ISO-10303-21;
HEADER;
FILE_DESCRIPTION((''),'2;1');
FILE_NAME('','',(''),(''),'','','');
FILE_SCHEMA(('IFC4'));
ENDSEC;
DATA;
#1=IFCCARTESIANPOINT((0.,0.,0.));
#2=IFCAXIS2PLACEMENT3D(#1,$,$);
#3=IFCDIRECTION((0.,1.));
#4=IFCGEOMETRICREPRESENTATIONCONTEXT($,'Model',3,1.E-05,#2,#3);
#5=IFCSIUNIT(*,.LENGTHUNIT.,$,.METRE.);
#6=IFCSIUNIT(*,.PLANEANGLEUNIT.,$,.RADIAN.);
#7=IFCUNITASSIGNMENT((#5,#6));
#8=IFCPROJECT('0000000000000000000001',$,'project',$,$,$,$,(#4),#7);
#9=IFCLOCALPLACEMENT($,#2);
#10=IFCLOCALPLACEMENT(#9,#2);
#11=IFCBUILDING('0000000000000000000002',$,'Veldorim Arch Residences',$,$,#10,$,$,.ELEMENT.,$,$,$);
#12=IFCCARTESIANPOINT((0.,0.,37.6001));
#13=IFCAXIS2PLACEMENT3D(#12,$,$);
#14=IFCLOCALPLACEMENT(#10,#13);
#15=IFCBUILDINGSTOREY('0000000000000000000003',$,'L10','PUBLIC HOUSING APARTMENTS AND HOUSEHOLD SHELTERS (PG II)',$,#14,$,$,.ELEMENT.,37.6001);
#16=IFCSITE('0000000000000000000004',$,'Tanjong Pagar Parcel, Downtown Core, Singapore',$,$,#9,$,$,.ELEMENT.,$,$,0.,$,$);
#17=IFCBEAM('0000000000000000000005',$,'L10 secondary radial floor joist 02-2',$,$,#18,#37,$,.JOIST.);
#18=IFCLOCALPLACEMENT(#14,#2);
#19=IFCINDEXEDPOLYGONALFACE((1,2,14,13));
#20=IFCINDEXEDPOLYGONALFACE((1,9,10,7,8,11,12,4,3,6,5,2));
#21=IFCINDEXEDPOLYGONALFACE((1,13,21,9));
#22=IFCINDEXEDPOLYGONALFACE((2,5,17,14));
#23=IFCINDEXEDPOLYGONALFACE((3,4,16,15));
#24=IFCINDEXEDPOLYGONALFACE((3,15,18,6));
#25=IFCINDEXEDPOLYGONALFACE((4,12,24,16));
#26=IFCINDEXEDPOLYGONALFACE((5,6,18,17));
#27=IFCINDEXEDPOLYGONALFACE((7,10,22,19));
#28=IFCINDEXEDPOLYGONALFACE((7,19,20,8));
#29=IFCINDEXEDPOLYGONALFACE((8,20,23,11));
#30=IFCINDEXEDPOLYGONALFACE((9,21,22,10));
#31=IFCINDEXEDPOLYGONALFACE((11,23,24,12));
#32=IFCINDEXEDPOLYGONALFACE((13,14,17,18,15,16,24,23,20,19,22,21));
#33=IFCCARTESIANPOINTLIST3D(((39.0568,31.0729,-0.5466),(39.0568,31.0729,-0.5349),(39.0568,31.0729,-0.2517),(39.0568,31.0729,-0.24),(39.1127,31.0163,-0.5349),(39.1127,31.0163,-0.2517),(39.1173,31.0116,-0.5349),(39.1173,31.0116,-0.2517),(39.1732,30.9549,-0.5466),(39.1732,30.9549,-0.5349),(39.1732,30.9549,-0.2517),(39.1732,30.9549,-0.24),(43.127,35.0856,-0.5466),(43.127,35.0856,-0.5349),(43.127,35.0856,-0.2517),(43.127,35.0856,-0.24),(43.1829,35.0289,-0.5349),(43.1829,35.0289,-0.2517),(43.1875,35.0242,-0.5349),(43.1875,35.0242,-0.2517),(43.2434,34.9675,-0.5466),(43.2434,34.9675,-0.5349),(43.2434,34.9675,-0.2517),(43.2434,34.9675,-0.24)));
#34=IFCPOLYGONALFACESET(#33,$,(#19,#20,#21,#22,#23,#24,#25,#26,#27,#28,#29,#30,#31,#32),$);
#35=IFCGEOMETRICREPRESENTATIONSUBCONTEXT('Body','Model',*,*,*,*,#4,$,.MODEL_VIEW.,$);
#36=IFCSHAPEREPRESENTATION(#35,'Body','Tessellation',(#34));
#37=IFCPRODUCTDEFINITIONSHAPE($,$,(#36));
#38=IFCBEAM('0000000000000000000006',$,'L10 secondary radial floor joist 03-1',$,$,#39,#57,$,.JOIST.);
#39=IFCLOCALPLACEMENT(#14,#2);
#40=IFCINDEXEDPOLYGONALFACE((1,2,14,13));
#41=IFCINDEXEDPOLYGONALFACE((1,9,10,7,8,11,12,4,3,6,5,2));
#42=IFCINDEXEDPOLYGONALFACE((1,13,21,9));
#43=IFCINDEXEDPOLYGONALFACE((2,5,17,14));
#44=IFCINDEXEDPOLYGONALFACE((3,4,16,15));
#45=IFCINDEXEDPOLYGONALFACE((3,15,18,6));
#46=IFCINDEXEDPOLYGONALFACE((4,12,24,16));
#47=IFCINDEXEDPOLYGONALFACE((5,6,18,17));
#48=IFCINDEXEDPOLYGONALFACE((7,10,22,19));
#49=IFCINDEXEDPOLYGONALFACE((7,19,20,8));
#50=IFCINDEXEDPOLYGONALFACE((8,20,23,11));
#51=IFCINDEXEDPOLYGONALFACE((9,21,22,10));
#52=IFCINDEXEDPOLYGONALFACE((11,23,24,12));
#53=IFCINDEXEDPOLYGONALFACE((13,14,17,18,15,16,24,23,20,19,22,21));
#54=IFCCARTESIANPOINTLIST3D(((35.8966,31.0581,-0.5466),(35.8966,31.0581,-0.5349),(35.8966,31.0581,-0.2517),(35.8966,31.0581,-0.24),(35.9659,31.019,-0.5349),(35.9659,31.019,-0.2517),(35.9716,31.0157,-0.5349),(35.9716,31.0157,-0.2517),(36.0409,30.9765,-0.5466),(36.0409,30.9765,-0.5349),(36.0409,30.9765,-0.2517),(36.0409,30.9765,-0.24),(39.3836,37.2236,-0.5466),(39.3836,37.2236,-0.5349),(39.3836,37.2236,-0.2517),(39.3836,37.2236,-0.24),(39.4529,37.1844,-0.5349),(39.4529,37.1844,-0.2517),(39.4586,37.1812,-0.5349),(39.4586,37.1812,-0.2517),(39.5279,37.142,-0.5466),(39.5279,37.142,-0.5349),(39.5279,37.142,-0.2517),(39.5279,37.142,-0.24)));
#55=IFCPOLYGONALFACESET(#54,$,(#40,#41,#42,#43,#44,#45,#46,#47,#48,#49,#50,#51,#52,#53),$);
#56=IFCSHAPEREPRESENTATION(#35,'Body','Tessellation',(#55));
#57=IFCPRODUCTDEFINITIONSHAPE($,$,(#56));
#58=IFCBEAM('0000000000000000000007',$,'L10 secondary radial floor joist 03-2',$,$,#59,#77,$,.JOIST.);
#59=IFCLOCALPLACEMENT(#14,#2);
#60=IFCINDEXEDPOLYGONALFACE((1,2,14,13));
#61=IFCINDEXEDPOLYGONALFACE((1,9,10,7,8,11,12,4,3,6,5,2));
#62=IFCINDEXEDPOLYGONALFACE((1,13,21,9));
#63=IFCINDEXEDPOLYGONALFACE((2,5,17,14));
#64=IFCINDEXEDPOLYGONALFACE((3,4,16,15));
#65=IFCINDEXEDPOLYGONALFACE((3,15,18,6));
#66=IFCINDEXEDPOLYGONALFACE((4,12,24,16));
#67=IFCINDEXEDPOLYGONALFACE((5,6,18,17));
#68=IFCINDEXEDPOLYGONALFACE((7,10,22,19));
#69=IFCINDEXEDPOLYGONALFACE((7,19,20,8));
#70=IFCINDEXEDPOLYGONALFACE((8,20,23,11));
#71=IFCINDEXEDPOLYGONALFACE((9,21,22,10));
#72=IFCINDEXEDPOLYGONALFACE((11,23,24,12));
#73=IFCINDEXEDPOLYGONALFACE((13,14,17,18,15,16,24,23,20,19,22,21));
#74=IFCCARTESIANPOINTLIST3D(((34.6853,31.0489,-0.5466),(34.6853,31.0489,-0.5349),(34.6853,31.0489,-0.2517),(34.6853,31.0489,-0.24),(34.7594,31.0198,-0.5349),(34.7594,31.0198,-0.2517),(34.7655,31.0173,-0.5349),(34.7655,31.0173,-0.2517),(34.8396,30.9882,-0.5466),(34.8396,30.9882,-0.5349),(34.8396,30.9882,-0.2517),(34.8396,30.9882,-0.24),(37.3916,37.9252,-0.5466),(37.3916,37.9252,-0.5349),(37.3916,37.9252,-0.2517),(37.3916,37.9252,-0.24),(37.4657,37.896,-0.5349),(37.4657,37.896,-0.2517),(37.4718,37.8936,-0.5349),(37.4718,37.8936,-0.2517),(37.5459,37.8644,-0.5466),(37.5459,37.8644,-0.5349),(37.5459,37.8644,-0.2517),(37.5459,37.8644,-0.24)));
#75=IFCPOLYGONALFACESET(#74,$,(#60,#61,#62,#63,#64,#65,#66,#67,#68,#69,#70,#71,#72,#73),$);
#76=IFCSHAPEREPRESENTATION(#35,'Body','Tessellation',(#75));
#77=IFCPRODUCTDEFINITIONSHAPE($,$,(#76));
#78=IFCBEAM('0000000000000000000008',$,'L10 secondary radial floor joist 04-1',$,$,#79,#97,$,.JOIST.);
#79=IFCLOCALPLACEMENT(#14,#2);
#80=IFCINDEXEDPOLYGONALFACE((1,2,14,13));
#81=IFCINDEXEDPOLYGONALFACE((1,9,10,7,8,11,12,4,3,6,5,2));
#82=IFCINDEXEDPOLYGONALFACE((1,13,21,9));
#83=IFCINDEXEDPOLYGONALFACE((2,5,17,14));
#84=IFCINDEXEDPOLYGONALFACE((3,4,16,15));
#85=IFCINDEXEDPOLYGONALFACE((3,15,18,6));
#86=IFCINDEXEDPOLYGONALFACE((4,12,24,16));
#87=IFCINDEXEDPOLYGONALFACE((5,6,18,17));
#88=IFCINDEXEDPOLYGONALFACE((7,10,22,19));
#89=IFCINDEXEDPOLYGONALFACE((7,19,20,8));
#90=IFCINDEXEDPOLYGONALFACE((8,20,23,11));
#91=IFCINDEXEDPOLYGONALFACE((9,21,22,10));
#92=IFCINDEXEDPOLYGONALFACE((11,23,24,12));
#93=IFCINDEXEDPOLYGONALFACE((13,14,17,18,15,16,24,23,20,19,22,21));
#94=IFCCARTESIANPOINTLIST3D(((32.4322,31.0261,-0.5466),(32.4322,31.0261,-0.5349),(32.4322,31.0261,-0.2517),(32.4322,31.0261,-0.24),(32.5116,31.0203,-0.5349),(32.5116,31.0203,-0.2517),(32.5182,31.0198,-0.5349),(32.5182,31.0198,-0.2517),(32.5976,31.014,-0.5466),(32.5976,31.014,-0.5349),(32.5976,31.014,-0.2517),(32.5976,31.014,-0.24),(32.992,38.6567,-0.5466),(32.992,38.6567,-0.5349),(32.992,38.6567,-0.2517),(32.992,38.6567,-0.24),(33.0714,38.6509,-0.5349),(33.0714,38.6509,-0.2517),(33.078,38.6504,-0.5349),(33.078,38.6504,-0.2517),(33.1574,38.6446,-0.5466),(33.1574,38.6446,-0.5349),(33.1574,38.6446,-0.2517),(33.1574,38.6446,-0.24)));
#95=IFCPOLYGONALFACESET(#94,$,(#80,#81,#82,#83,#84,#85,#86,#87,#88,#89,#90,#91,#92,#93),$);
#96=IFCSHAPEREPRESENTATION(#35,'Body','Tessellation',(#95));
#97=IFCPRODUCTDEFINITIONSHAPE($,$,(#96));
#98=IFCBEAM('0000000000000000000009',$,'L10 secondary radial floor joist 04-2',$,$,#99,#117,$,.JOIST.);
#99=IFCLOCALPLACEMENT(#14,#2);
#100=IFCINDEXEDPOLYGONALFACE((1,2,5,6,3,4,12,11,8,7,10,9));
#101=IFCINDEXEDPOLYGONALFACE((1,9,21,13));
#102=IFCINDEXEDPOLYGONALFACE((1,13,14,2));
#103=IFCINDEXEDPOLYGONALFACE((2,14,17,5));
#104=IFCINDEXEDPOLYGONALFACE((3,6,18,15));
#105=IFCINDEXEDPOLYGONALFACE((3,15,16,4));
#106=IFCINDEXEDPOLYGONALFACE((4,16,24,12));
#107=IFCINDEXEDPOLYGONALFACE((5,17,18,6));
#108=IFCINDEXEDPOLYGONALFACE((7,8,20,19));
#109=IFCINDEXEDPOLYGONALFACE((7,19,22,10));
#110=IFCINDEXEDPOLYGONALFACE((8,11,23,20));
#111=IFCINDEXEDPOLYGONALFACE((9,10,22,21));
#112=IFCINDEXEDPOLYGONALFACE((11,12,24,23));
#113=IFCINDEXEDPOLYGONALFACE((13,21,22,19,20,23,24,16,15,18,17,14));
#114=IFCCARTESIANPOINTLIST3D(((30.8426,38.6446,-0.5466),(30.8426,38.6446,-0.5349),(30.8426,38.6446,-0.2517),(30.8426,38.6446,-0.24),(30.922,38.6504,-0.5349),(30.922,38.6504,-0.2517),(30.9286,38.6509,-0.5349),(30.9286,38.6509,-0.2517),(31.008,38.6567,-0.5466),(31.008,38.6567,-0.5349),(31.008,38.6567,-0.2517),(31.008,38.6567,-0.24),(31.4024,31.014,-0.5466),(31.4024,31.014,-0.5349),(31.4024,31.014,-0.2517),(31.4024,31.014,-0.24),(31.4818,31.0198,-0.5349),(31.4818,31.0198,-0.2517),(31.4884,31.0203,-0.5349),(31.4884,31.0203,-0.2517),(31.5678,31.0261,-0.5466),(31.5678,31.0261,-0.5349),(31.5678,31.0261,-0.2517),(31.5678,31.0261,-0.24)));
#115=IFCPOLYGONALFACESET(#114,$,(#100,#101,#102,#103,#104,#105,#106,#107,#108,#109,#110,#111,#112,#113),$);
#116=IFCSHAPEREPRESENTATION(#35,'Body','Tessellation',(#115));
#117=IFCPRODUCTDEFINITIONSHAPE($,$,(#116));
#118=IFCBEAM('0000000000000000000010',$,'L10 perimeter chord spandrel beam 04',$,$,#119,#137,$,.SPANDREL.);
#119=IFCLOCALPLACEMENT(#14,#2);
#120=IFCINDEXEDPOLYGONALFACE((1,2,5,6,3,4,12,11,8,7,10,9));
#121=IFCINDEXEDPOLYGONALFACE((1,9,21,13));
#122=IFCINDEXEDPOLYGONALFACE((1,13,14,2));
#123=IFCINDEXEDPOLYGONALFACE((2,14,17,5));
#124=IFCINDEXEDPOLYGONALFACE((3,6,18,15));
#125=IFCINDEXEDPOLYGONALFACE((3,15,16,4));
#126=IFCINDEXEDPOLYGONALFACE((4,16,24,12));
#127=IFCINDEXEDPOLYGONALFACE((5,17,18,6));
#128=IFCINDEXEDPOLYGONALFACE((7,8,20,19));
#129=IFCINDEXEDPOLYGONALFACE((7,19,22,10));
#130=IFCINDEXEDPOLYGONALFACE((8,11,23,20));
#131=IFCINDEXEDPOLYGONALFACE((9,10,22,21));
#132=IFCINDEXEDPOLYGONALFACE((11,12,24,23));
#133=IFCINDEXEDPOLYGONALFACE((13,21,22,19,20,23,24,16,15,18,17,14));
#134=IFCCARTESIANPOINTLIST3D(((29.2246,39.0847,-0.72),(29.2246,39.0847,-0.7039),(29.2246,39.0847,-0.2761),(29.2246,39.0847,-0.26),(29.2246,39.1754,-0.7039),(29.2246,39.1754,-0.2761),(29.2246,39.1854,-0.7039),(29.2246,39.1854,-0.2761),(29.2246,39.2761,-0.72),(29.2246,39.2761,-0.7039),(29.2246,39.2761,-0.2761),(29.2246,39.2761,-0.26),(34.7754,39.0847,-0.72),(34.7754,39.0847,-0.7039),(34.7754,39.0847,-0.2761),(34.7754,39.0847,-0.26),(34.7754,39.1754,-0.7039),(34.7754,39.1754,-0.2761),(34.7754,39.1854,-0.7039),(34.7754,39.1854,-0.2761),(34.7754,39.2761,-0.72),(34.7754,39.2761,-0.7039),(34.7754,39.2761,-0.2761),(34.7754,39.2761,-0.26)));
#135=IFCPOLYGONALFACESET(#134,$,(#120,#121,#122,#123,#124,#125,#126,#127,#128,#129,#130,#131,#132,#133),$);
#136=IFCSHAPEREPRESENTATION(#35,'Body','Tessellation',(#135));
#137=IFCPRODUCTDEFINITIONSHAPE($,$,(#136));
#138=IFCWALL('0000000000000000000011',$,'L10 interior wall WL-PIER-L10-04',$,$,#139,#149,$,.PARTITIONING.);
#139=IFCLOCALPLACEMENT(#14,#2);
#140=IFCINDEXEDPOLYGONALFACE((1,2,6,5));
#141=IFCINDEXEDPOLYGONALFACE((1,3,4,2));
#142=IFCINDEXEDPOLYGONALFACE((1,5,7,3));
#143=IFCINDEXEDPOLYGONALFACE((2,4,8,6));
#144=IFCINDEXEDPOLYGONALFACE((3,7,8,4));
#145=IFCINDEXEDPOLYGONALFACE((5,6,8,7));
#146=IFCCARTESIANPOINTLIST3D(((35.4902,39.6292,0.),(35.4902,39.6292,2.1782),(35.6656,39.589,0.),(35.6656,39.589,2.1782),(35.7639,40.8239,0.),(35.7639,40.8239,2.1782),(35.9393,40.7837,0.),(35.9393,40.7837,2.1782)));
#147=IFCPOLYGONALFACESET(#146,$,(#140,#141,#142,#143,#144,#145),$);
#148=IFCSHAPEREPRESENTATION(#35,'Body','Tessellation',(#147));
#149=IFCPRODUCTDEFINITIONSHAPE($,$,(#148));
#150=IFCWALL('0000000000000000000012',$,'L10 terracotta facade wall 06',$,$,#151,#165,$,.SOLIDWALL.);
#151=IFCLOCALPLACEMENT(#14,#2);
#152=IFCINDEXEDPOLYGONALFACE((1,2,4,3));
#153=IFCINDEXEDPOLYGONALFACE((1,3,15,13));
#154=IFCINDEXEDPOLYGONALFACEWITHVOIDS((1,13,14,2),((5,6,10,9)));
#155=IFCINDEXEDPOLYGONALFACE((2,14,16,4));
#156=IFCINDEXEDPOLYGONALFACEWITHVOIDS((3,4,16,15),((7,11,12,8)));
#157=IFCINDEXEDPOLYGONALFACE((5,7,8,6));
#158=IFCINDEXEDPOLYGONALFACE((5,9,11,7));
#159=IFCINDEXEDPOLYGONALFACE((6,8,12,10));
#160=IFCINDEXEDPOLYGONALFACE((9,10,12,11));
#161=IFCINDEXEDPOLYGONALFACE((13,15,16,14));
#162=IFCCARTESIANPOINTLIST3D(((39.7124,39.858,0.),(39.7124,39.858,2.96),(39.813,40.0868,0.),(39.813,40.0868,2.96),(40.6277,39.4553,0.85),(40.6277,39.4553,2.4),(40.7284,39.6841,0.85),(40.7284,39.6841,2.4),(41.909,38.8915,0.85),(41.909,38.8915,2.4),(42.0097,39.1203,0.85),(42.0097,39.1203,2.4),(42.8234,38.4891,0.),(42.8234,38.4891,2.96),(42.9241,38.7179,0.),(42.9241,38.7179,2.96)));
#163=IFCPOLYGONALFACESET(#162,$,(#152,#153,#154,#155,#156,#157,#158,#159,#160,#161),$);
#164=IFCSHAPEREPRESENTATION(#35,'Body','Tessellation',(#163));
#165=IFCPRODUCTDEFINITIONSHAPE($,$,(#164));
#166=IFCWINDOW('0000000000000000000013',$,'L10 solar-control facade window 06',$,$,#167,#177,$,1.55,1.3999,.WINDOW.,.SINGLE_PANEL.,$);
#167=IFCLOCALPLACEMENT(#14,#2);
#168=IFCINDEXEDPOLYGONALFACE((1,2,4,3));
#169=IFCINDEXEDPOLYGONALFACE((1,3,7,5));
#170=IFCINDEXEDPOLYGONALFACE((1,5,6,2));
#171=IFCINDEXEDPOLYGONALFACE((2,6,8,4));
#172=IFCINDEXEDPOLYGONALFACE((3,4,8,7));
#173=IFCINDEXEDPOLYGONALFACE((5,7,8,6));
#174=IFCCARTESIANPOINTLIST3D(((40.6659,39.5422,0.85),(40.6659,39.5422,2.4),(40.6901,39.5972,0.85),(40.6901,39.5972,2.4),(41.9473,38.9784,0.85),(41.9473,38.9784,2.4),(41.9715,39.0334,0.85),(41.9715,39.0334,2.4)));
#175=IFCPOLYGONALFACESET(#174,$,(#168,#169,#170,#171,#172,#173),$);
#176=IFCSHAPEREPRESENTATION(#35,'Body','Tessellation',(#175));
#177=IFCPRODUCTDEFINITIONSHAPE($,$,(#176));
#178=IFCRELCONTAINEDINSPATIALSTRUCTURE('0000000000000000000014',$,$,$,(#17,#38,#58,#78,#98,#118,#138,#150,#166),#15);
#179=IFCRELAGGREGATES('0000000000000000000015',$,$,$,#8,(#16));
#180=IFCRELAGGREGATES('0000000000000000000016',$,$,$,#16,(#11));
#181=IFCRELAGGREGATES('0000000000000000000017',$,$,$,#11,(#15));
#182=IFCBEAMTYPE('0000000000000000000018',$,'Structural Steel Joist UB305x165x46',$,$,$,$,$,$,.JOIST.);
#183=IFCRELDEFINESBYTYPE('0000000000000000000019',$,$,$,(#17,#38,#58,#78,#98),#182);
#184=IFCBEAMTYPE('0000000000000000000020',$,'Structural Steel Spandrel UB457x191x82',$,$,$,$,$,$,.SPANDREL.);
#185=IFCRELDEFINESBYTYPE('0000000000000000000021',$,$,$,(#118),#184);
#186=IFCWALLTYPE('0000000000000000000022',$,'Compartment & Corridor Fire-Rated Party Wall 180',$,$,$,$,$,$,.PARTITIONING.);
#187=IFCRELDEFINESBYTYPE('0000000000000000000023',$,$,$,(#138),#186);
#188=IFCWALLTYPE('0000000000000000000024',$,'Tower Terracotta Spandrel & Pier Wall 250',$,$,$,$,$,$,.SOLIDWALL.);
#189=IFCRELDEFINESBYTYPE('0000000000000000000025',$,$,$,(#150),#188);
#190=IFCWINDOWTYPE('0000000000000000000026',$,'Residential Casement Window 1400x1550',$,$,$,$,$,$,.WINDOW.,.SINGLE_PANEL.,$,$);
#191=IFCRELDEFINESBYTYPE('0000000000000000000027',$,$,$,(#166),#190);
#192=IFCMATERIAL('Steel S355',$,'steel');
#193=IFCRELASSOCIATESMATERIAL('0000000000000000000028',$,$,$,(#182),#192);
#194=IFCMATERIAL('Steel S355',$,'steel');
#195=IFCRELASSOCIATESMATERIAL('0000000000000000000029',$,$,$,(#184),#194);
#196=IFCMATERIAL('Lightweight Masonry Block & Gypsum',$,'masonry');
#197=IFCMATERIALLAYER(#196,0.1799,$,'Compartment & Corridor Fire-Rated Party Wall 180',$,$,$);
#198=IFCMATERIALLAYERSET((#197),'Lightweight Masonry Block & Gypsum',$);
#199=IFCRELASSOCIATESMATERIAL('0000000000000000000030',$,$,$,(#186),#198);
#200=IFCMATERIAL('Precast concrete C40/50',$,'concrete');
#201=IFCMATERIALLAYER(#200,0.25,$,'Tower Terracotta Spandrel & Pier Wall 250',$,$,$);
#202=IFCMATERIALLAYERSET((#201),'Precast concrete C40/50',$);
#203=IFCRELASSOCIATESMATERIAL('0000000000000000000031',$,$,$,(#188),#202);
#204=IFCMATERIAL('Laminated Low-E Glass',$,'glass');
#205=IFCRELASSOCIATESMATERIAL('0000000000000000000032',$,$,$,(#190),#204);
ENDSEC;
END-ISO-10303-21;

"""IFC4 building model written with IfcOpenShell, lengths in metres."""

from ifc_helpers import new_model, si_unit, direction, frame, frame_2d, origin, origin_2d, place, context, subcontext, project, spatial, rectangle, i_section, extrude, material, layer, layer_set, material_profile, profile_set, type_object, element, fill, save


model = new_model("IFC4")

# Units and contexts
model_context = context("Model", 3, precision=1e-05, world=origin(), true_north=direction((0.0, 1.0)))
body_context = subcontext(model_context, "Body", "Model", "MODEL_VIEW")
ifc_project = project(units=[si_unit("LENGTHUNIT", "METRE"), si_unit("PLANEANGLEUNIT", "RADIAN")], contexts=[model_context])

# Site, building, storey
site_placement = place(None, origin())
site = spatial("IfcSite", under=ifc_project, at=site_placement, Name="Tanjong Pagar Parcel, Downtown Core, Singapore", CompositionType="ELEMENT", RefElevation=0.0)
building_placement = place(site_placement, origin())
building = spatial("IfcBuilding", under=site, at=building_placement, Name="Veldorim Arch Residences", CompositionType="ELEMENT")
storey_placement = place(building_placement, frame((0.0, 0.0, 37.6001)))
storey = spatial("IfcBuildingStorey", under=building, at=storey_placement, Name="L10", Description="PUBLIC HOUSING APARTMENTS AND HOUSEHOLD SHELTERS (PG II)", CompositionType="ELEMENT", Elevation=37.6001)

# Beams
ifc_material_1 = material(Name="Steel S355", Category="steel")
ifc_material_profile_1 = material_profile(ifc_material_1, i_section(OverallWidth=0.1658, OverallDepth=0.3066, WebThickness=0.0066, FlangeThickness=0.0117, at=origin_2d()), Name="UB305x165x46")
ifc_profile_set_1 = profile_set([ifc_material_profile_1], Name="Steel S355")
beam_type_1 = type_object("IfcBeamType", Name="Structural Steel Joist UB305x165x46", PredefinedType="JOIST", material=ifc_profile_set_1)
beam_1_placement = place(storey_placement, frame((39.115, 31.0139, -0.3933), z_axis=(0.712129, 0.702049, 0.0), x_axis=(-0.702049, 0.712129, 0.0)))
element("IfcBeam", 1, at=beam_1_placement, inside=storey, type_object=beam_type_1, Name="L10 secondary radial floor joist 02-2", PredefinedType="JOIST", context=body_context, shape_type="SweptSolid", body=[
    extrude(i_section(OverallWidth=0.1658, OverallDepth=0.3066, WebThickness=0.0066, FlangeThickness=0.0117, at=origin_2d()), origin(), (0.0, 0.0, 1.0), 5.7156),
])
beam_2_placement = place(storey_placement, frame((35.9688, 31.0173, -0.3933), z_axis=(0.492292, 0.87043, 0.0), x_axis=(-0.87043, 0.492292, 0.0)))
element("IfcBeam", 2, at=beam_2_placement, inside=storey, type_object=beam_type_1, Name="L10 secondary radial floor joist 03-1", PredefinedType="JOIST", context=body_context, shape_type="SweptSolid", body=[
    extrude(i_section(OverallWidth=0.1658, OverallDepth=0.3066, WebThickness=0.0066, FlangeThickness=0.0117, at=origin_2d()), origin(), (0.0, 0.0, 1.0), 7.0833),
])
beam_3_placement = place(storey_placement, frame((34.7625, 31.0186, -0.3933), z_axis=(0.36623, 0.930524, 0.0), x_axis=(-0.930524, 0.36623, 0.0)))
element("IfcBeam", 3, at=beam_3_placement, inside=storey, type_object=beam_type_1, Name="L10 secondary radial floor joist 03-2", PredefinedType="JOIST", context=body_context, shape_type="SweptSolid", body=[
    extrude(i_section(OverallWidth=0.1658, OverallDepth=0.3066, WebThickness=0.0066, FlangeThickness=0.0117, at=origin_2d()), origin(), (0.0, 0.0, 1.0), 7.3896),
])
for number, where, z_axis, x_axis, name in (
    (4, (32.5149, 31.02, -0.3933), (0.073168, 0.99732, 0.0), (-0.99732, 0.073168, 0.0), "L10 secondary radial floor joist 04-1"),
    (5, (31.4851, 31.02, -0.3933), (-0.073168, 0.99732, 0.0), (-0.99732, -0.073168, 0.0), "L10 secondary radial floor joist 04-2"),
):
    element("IfcBeam", number, at=place(storey_placement, frame(where, z_axis=z_axis, x_axis=x_axis)), inside=storey, type_object=beam_type_1, Name=name, PredefinedType="JOIST", context=body_context, shape_type="SweptSolid", body=[
        extrude(i_section(OverallWidth=0.1658, OverallDepth=0.3066, WebThickness=0.0066, FlangeThickness=0.0117, at=origin_2d()), origin(), (0.0, 0.0, 1.0), 7.6511),
    ])
ifc_material_2 = material(Name="Steel S355", Category="steel")
ifc_material_profile_2 = material_profile(ifc_material_2, i_section(OverallWidth=0.1914, OverallDepth=0.46, WebThickness=0.01, FlangeThickness=0.0161, at=origin_2d()), Name="UB457x191x82")
ifc_profile_set_2 = profile_set([ifc_material_profile_2], Name="Steel S355")
beam_type_2 = type_object("IfcBeamType", Name="Structural Steel Spandrel UB457x191x82", PredefinedType="SPANDREL", material=ifc_profile_set_2)
beam_4_placement = place(storey_placement, frame((34.7754, 39.1804, -0.49), z_axis=(-1.0, 0.0, 0.0), x_axis=(0.0, -1.0, 0.0)))
element("IfcBeam", 6, at=beam_4_placement, inside=storey, type_object=beam_type_2, Name="L10 perimeter chord spandrel beam 04", PredefinedType="SPANDREL", context=body_context, shape_type="SweptSolid", body=[
    extrude(i_section(OverallWidth=0.1914, OverallDepth=0.46, WebThickness=0.01, FlangeThickness=0.0161, at=origin_2d()), origin(), (0.0, 0.0, 1.0), 5.5508),
])

# Wall
ifc_material_3 = material(Name="Lightweight Masonry Block & Gypsum", Category="masonry")
ifc_layer_1 = layer(ifc_material_3, 0.1799, Name="Compartment & Corridor Fire-Rated Party Wall 180")
ifc_layer_set_1 = layer_set([ifc_layer_1], Name="Lightweight Masonry Block & Gypsum")
wall_type_1 = type_object("IfcWallType", Name="Compartment & Corridor Fire-Rated Party Wall 180", PredefinedType="PARTITIONING", material=ifc_layer_set_1)
wall_1_placement = place(storey_placement, frame((35.5779, 39.6091, 0.0), z_axis=(0.0, 0.0, 1.0), x_axis=(0.223317, 0.974746, 0.0)))
element("IfcWall", 7, at=wall_1_placement, inside=storey, type_object=wall_type_1, Name="L10 interior wall WL-PIER-L10-04", PredefinedType="PARTITIONING", context=body_context, shape_type="SweptSolid", body=[
    extrude(rectangle(XDim=1.2256, YDim=0.1799, at=frame_2d((0.6128, 0.0))), origin(), (0.0, 0.0, 1.0), 2.1782),
])

# Wall, opening, window
ifc_material_4 = material(Name="Precast concrete C40/50", Category="concrete")
ifc_layer_2 = layer(ifc_material_4, 0.25, Name="Tower Terracotta Spandrel & Pier Wall 250")
ifc_layer_set_2 = layer_set([ifc_layer_2], Name="Precast concrete C40/50")
wall_type_2 = type_object("IfcWallType", Name="Tower Terracotta Spandrel & Pier Wall 250", PredefinedType="SOLIDWALL", material=ifc_layer_set_2)
wall_2_placement = place(storey_placement, frame((39.7627, 39.9724, 0.0), z_axis=(0.0, 0.0, 1.0), x_axis=(0.915313, -0.402743, 0.0)))
wall_2 = element("IfcWall", 8, at=wall_2_placement, inside=storey, type_object=wall_type_2, Name="L10 terracotta facade wall 06", PredefinedType="SOLIDWALL", context=body_context, shape_type="SweptSolid", body=[
    extrude(rectangle(XDim=3.3989, YDim=0.25, at=frame_2d((1.6995, 0.0))), origin(), (0.0, 0.0, 1.0), 2.96),
])
opening_1_placement = place(wall_2_placement, frame((1.0, 0.0, 0.8501)))
opening_1 = element("IfcOpeningElement", 9, at=opening_1_placement, cuts=wall_2, PredefinedType="OPENING", context=body_context, shape_type="SweptSolid", body=[
    extrude(rectangle(XDim=1.3999, YDim=1.55, at=frame_2d((0.7, 0.7749))), frame((0.0, 0.135, 0.0), z_axis=(0.0, -1.0, 0.0), x_axis=(1.0, 0.0, 0.0)), (0.0, 0.0, 1.0), 0.27),
])
ifc_material_5 = material(Name="Laminated Low-E Glass", Category="glass")
window_type_1 = type_object("IfcWindowType", Name="Residential Casement Window 1400x1550", PartitioningType="SINGLE_PANEL", PredefinedType="WINDOW", material=ifc_material_5)
window_1_placement = place(opening_1_placement, origin())
window_1 = element("IfcWindow", 10, at=window_1_placement, inside=storey, type_object=window_type_1, Name="L10 solar-control facade window 06", OverallHeight=1.55, OverallWidth=1.3999, PartitioningType="SINGLE_PANEL", PredefinedType="WINDOW", context=body_context, shape_type="SweptSolid", body=[
    extrude(rectangle(XDim=1.3999, YDim=1.55, at=frame_2d((0.7, 0.7749))), frame((0.0, 0.03, 0.0), z_axis=(0.0, -1.0, 0.0), x_axis=(1.0, 0.0, 0.0)), (0.0, 0.0, 1.0), 0.0601),
])
fill(opening_1, window_1)

save(model, "model.ifc")
